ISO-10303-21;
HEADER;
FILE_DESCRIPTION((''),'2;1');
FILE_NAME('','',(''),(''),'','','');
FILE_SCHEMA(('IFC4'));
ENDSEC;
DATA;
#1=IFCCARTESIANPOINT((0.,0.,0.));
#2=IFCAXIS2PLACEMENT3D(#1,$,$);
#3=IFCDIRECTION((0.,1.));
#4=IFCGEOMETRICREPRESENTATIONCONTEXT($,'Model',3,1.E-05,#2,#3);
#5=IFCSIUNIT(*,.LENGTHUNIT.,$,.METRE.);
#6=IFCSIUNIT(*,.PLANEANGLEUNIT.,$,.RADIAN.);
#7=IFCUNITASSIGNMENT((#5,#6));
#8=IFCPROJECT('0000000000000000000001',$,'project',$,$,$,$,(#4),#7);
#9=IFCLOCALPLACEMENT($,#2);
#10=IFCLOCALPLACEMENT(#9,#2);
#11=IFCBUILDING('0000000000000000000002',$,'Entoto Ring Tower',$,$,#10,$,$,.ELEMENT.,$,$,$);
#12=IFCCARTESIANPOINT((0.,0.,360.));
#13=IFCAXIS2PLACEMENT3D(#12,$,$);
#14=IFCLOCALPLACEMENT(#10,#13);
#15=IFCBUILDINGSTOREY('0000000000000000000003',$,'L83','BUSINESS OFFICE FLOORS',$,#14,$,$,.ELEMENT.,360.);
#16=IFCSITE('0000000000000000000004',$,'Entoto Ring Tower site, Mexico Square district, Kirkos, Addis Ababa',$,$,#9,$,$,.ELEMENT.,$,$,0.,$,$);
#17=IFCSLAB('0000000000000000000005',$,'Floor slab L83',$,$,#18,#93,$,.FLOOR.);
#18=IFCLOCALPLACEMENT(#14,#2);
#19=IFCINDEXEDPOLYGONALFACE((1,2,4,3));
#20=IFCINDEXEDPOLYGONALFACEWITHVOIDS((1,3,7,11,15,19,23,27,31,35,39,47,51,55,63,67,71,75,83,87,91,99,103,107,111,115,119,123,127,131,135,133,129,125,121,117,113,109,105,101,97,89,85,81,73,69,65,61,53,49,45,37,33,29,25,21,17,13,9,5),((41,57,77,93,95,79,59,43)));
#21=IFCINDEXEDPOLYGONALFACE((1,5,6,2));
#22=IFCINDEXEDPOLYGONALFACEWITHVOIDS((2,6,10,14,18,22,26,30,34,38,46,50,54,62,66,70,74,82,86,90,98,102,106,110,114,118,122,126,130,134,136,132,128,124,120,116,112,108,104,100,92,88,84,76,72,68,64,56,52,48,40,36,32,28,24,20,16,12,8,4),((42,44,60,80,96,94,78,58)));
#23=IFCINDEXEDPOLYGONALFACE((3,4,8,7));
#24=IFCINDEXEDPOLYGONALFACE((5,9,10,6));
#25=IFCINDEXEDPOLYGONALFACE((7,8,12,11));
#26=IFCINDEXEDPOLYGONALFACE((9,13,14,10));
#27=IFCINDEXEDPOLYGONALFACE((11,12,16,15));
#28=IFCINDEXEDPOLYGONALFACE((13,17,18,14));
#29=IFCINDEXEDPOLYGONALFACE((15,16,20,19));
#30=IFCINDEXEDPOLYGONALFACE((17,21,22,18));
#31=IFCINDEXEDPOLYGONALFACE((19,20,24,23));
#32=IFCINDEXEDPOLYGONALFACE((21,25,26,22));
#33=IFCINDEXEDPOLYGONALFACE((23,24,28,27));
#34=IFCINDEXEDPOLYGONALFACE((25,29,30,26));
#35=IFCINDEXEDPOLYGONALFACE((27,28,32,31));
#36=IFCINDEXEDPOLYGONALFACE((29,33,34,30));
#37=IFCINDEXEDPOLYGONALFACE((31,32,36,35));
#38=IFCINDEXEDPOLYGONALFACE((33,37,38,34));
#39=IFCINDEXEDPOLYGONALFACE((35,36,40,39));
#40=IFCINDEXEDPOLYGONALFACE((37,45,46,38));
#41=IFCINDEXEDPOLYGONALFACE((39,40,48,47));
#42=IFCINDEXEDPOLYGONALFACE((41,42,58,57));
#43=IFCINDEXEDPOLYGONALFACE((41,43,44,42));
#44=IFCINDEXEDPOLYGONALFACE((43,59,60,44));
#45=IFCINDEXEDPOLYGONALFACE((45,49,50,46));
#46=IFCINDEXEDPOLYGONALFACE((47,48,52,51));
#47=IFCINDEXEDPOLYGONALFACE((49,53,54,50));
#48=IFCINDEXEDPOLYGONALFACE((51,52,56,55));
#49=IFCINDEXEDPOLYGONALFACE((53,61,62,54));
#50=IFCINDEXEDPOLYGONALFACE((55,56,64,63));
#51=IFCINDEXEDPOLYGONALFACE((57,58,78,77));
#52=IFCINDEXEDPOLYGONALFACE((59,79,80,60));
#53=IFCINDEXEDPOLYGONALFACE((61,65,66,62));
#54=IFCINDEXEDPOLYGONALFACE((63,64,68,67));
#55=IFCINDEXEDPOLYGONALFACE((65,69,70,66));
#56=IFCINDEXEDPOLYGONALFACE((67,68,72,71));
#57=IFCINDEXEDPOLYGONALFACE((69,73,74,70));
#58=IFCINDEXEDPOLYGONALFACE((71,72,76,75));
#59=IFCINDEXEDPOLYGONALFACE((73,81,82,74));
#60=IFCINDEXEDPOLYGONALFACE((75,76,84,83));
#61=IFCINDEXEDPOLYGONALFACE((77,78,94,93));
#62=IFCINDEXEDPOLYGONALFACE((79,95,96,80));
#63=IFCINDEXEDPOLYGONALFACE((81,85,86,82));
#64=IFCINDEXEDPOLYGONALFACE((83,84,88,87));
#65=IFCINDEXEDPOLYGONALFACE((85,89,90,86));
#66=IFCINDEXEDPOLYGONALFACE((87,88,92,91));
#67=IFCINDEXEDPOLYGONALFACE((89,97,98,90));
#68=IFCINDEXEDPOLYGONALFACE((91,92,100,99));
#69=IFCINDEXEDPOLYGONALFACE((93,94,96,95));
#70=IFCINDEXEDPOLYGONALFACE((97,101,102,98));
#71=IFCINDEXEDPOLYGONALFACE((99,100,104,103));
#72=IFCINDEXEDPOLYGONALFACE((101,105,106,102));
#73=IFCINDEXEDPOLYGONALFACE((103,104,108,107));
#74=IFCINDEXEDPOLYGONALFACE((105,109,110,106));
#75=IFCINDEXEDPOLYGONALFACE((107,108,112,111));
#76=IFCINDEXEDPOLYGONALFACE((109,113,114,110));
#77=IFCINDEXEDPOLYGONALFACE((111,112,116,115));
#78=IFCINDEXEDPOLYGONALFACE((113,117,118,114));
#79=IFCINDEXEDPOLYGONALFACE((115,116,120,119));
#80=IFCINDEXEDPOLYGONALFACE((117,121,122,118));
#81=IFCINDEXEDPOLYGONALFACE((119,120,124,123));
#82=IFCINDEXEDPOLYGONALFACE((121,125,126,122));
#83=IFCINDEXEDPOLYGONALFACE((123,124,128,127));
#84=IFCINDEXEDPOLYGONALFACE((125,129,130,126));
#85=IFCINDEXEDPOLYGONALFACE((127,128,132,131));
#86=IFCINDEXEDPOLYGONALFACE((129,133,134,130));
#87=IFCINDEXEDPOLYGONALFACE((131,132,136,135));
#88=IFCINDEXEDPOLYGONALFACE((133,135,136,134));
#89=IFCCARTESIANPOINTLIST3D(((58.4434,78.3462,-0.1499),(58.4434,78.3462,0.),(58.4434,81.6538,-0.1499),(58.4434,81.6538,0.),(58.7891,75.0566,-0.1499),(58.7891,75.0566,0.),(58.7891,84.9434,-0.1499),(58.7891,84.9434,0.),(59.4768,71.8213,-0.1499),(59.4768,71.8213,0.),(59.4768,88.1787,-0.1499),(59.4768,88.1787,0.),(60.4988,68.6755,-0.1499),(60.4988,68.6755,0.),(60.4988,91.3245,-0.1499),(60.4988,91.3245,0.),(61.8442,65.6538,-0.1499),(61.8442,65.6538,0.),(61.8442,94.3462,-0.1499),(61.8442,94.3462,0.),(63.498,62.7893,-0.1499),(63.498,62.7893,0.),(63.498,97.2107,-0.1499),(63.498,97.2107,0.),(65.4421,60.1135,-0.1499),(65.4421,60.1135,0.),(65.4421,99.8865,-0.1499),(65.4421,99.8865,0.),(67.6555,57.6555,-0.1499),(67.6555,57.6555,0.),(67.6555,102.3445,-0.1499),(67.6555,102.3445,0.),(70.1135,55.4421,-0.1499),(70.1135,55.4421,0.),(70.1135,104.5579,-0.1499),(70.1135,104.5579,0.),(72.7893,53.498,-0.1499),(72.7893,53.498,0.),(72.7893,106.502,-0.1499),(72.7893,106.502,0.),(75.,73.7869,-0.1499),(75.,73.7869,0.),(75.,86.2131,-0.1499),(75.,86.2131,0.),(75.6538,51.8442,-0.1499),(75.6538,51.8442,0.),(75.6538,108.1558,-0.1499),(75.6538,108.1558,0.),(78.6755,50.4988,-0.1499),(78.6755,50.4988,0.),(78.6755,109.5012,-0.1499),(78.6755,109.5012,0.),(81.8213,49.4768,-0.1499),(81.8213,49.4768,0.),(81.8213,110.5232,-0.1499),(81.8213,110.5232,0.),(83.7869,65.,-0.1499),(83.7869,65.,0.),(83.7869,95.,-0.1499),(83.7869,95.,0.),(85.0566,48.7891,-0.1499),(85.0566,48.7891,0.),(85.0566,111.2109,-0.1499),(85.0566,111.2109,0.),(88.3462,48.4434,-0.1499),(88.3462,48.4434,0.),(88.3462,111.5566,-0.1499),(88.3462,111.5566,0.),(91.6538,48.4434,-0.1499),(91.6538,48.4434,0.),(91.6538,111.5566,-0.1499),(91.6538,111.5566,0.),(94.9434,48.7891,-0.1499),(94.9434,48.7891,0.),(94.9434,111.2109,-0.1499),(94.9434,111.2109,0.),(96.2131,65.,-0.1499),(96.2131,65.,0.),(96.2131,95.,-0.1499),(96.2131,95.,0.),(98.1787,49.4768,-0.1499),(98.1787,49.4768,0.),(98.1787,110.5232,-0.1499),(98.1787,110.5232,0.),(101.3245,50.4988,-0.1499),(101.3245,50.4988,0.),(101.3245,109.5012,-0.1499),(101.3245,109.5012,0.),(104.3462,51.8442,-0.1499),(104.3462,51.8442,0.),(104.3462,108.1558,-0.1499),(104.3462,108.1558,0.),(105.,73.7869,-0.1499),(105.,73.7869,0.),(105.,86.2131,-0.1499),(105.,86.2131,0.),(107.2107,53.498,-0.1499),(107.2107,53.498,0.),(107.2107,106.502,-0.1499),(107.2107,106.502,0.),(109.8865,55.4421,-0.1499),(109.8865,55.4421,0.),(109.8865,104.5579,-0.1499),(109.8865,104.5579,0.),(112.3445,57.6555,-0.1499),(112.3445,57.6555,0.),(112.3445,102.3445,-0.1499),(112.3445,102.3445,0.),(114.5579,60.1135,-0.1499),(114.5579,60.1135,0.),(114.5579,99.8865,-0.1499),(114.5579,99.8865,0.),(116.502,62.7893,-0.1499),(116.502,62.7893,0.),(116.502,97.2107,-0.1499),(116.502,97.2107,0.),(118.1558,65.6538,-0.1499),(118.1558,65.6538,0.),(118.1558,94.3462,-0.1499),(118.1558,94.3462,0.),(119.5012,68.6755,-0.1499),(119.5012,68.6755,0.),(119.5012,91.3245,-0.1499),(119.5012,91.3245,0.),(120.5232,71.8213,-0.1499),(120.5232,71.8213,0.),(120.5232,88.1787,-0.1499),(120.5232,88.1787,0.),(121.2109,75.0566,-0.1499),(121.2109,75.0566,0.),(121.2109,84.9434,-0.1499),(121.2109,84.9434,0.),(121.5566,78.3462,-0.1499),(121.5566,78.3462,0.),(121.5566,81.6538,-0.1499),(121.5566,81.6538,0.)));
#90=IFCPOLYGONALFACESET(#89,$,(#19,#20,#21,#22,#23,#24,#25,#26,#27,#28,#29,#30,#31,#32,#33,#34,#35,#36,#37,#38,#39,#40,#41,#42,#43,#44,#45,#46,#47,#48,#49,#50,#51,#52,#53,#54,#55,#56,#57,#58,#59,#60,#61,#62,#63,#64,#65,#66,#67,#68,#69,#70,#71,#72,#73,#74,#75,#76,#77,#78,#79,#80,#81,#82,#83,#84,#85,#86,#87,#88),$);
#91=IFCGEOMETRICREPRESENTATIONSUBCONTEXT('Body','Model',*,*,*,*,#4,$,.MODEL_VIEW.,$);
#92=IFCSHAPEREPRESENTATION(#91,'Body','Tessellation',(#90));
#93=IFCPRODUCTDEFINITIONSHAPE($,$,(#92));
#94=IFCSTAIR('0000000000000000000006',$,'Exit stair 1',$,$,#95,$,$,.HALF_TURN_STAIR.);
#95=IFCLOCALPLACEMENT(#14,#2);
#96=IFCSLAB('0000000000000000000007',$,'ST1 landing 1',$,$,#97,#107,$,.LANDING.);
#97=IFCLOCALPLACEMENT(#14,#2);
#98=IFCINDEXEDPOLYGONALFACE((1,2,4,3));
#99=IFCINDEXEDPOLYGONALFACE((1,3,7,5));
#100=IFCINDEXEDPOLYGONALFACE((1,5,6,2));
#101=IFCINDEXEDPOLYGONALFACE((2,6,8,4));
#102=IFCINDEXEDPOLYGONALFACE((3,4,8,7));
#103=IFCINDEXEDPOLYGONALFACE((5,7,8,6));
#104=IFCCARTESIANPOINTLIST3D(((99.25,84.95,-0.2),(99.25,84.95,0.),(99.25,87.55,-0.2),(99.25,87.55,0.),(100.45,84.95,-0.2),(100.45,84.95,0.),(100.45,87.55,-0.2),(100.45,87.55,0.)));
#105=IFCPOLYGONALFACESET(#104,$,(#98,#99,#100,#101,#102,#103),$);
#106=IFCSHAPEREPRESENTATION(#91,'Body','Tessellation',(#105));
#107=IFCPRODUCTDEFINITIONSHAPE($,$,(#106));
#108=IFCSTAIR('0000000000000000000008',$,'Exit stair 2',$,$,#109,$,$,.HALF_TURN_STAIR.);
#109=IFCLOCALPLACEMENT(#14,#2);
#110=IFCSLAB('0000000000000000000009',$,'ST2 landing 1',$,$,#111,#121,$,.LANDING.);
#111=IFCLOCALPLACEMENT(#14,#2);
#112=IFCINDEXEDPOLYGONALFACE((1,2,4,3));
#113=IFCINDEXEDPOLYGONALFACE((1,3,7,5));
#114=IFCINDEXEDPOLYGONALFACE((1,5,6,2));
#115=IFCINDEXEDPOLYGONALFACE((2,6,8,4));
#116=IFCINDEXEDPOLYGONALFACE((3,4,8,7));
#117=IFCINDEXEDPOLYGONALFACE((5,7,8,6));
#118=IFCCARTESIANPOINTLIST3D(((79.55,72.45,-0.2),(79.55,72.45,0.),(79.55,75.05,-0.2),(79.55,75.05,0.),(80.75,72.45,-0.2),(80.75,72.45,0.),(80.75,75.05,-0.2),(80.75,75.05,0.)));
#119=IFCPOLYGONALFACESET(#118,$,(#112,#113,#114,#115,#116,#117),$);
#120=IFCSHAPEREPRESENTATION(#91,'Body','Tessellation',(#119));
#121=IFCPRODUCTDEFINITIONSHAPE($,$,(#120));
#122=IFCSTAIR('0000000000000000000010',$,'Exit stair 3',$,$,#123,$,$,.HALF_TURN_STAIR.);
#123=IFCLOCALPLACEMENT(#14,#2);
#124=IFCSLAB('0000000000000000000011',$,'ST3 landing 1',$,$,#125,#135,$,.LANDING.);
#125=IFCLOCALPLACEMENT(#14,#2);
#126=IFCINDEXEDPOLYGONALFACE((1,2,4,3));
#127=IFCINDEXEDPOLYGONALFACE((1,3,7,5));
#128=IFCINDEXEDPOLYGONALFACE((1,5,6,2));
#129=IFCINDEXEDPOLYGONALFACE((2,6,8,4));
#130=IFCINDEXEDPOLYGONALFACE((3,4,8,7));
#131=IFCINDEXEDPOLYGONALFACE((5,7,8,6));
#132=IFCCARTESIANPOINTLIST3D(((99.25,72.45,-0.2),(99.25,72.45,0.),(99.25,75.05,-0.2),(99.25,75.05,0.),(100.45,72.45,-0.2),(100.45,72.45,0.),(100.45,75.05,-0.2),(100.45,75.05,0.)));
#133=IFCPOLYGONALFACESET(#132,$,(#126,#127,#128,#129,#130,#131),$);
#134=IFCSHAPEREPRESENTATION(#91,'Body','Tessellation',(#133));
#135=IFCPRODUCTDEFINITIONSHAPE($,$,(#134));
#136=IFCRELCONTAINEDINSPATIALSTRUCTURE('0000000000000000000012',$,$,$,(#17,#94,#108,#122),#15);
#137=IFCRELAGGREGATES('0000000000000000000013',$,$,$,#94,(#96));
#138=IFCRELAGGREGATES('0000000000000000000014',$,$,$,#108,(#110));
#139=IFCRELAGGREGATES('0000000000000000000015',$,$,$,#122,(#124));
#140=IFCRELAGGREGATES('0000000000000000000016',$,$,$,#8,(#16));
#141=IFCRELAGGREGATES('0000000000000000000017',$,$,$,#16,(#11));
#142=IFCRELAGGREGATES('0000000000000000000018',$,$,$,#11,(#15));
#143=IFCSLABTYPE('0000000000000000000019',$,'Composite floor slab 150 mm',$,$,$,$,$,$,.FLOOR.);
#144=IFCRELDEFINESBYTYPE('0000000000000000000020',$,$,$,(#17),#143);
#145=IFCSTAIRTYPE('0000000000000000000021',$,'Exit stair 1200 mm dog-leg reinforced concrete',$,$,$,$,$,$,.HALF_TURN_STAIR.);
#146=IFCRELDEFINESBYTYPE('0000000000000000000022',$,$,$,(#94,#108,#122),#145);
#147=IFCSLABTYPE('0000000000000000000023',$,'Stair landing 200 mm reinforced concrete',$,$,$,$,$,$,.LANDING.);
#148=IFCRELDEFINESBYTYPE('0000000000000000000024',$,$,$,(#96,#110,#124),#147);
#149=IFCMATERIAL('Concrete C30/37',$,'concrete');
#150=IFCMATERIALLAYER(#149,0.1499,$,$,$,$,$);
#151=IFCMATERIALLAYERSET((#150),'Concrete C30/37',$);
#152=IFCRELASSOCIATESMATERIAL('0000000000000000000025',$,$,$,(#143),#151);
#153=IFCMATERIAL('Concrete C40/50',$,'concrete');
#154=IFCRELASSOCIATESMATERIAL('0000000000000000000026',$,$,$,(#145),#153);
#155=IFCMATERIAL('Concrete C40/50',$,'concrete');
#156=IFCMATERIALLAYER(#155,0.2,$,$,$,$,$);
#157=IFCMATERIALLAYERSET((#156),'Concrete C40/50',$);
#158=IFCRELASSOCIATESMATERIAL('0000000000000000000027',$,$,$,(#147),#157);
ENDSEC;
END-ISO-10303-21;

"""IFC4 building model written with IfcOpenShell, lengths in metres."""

from ifc_helpers import new_model, si_unit, direction, frame, origin, place, context, subcontext, project, spatial, polyline, outline, extrude, material, layer, layer_set, type_object, element, aggregate, save


model = new_model("IFC4")

# Units and contexts
model_context = context("Model", 3, precision=1e-05, world=origin(), true_north=direction((0.0, 1.0)))
body_context = subcontext(model_context, "Body", "Model", "MODEL_VIEW")
ifc_project = project(units=[si_unit("LENGTHUNIT", "METRE"), si_unit("PLANEANGLEUNIT", "RADIAN")], contexts=[model_context])

# Site, building, storey
site_placement = place(None, origin())
building_placement = place(site_placement, origin())
storey_placement = place(building_placement, frame((0.0, 0.0, 360.0)))
site = spatial("IfcSite", under=ifc_project, at=site_placement, Name="Entoto Ring Tower site, Mexico Square district, Kirkos, Addis Ababa", CompositionType="ELEMENT", RefElevation=0.0)
building = spatial("IfcBuilding", under=site, at=building_placement, Name="Entoto Ring Tower", CompositionType="ELEMENT")
storey = spatial("IfcBuildingStorey", under=building, at=storey_placement, Name="L83", Description="BUSINESS OFFICE FLOORS", CompositionType="ELEMENT", Elevation=360.0)

# Slab
ifc_material_1 = material(Name="Concrete C30/37", Category="concrete")
ifc_layer_1 = layer(ifc_material_1, 0.1499)
ifc_layer_set_1 = layer_set([ifc_layer_1], Name="Concrete C30/37")
slab_type_1 = type_object("IfcSlabType", Name="Composite floor slab 150 mm", PredefinedType="FLOOR", material=ifc_layer_set_1)
slab_1_placement = place(storey_placement, frame((0.0, 0.0, -0.1499)))
element("IfcSlab", 1, at=slab_1_placement, inside=storey, type_object=slab_type_1, Name="Floor slab L83", PredefinedType="FLOOR", context=body_context, shape_type="SweptSolid", body=[
    extrude(outline(polyline([(121.2109, 84.9434), (120.5232, 88.1787), (119.5012, 91.3245), (118.1558, 94.3462), (116.502, 97.2107), (114.5579, 99.8865), (112.3445, 102.3445), (109.8865, 104.5579), (107.2107, 106.502), (104.3462, 108.1558), (101.3245, 109.5012), (98.1787, 110.5232), (94.9434, 111.2109), (91.6538, 111.5566), (88.3462, 111.5566), (85.0566, 111.2109), (81.8213, 110.5232), (78.6755, 109.5012), (75.6538, 108.1558), (72.7893, 106.502), (70.1135, 104.5579), (67.6555, 102.3445), (65.4421, 99.8865), (63.498, 97.2107), (61.8442, 94.3462), (60.4988, 91.3245), (59.4768, 88.1787), (58.7891, 84.9434), (58.4434, 81.6538), (58.4434, 78.3462), (58.7891, 75.0566), (59.4768, 71.8213), (60.4988, 68.6755), (61.8442, 65.6538), (63.498, 62.7893), (65.4421, 60.1135), (67.6555, 57.6555), (70.1135, 55.4421), (72.7893, 53.498), (75.6538, 51.8442), (78.6755, 50.4988), (81.8213, 49.4768), (85.0566, 48.7891), (88.3462, 48.4434), (91.6538, 48.4434), (94.9434, 48.7891), (98.1787, 49.4768), (101.3245, 50.4988), (104.3462, 51.8442), (107.2107, 53.498), (109.8865, 55.4421), (112.3445, 57.6555), (114.5579, 60.1135), (116.502, 62.7893), (118.1558, 65.6538), (119.5012, 68.6755), (120.5232, 71.8213), (121.2109, 75.0566), (121.5566, 78.3462), (121.5566, 81.6538), (121.2109, 84.9434)]), holes=[polyline([(105.0, 73.7869), (105.0, 86.2131), (96.2131, 95.0), (83.7869, 95.0), (75.0, 86.2131), (75.0, 73.7869), (83.7869, 65.0), (96.2131, 65.0), (105.0, 73.7869)])]), origin(), (0.0, 0.0, 1.0), 0.1499),
])

# Stairs, slabs
ifc_material_2 = material(Name="Concrete C40/50", Category="concrete")
stair_type = type_object("IfcStairType", Name="Exit stair 1200 mm dog-leg reinforced concrete", PredefinedType="HALF_TURN_STAIR", material=ifc_material_2)
stair_1_placement = place(storey_placement, origin())
stair_1 = element("IfcStair", 2, at=stair_1_placement, inside=storey, type_object=stair_type, Name="Exit stair 1", PredefinedType="HALF_TURN_STAIR")
ifc_material_3 = material(Name="Concrete C40/50", Category="concrete")
ifc_layer_2 = layer(ifc_material_3, 0.2)
ifc_layer_set_2 = layer_set([ifc_layer_2], Name="Concrete C40/50")
slab_type_2 = type_object("IfcSlabType", Name="Stair landing 200 mm reinforced concrete", PredefinedType="LANDING", material=ifc_layer_set_2)
slab_2_placement = place(storey_placement, frame((0.0, 0.0, -0.2)))
slab_2 = element("IfcSlab", 3, at=slab_2_placement, type_object=slab_type_2, Name="ST1 landing 1", PredefinedType="LANDING", context=body_context, shape_type="SweptSolid", body=[
    extrude(outline(polyline([(100.45, 84.95), (100.45, 87.55), (99.25, 87.55), (99.25, 84.95), (100.45, 84.95)])), origin(), (0.0, 0.0, 1.0), 0.2),
])
aggregate(stair_1, [slab_2])
stair_2_placement = place(storey_placement, origin())
stair_2 = element("IfcStair", 4, at=stair_2_placement, inside=storey, type_object=stair_type, Name="Exit stair 2", PredefinedType="HALF_TURN_STAIR")
slab_3_placement = place(storey_placement, frame((0.0, 0.0, -0.2)))
slab_3 = element("IfcSlab", 5, at=slab_3_placement, type_object=slab_type_2, Name="ST2 landing 1", PredefinedType="LANDING", context=body_context, shape_type="SweptSolid", body=[
    extrude(outline(polyline([(80.75, 72.45), (80.75, 75.05), (79.55, 75.05), (79.55, 72.45), (80.75, 72.45)])), origin(), (0.0, 0.0, 1.0), 0.2),
])
aggregate(stair_2, [slab_3])
stair_3_placement = place(storey_placement, origin())
stair_3 = element("IfcStair", 6, at=stair_3_placement, inside=storey, type_object=stair_type, Name="Exit stair 3", PredefinedType="HALF_TURN_STAIR")
slab_4_placement = place(storey_placement, frame((0.0, 0.0, -0.2)))
slab_4 = element("IfcSlab", 7, at=slab_4_placement, type_object=slab_type_2, Name="ST3 landing 1", PredefinedType="LANDING", context=body_context, shape_type="SweptSolid", body=[
    extrude(outline(polyline([(100.45, 72.45), (100.45, 75.05), (99.25, 75.05), (99.25, 72.45), (100.45, 72.45)])), origin(), (0.0, 0.0, 1.0), 0.2),
])
aggregate(stair_3, [slab_4])

save(model, "model.ifc")
